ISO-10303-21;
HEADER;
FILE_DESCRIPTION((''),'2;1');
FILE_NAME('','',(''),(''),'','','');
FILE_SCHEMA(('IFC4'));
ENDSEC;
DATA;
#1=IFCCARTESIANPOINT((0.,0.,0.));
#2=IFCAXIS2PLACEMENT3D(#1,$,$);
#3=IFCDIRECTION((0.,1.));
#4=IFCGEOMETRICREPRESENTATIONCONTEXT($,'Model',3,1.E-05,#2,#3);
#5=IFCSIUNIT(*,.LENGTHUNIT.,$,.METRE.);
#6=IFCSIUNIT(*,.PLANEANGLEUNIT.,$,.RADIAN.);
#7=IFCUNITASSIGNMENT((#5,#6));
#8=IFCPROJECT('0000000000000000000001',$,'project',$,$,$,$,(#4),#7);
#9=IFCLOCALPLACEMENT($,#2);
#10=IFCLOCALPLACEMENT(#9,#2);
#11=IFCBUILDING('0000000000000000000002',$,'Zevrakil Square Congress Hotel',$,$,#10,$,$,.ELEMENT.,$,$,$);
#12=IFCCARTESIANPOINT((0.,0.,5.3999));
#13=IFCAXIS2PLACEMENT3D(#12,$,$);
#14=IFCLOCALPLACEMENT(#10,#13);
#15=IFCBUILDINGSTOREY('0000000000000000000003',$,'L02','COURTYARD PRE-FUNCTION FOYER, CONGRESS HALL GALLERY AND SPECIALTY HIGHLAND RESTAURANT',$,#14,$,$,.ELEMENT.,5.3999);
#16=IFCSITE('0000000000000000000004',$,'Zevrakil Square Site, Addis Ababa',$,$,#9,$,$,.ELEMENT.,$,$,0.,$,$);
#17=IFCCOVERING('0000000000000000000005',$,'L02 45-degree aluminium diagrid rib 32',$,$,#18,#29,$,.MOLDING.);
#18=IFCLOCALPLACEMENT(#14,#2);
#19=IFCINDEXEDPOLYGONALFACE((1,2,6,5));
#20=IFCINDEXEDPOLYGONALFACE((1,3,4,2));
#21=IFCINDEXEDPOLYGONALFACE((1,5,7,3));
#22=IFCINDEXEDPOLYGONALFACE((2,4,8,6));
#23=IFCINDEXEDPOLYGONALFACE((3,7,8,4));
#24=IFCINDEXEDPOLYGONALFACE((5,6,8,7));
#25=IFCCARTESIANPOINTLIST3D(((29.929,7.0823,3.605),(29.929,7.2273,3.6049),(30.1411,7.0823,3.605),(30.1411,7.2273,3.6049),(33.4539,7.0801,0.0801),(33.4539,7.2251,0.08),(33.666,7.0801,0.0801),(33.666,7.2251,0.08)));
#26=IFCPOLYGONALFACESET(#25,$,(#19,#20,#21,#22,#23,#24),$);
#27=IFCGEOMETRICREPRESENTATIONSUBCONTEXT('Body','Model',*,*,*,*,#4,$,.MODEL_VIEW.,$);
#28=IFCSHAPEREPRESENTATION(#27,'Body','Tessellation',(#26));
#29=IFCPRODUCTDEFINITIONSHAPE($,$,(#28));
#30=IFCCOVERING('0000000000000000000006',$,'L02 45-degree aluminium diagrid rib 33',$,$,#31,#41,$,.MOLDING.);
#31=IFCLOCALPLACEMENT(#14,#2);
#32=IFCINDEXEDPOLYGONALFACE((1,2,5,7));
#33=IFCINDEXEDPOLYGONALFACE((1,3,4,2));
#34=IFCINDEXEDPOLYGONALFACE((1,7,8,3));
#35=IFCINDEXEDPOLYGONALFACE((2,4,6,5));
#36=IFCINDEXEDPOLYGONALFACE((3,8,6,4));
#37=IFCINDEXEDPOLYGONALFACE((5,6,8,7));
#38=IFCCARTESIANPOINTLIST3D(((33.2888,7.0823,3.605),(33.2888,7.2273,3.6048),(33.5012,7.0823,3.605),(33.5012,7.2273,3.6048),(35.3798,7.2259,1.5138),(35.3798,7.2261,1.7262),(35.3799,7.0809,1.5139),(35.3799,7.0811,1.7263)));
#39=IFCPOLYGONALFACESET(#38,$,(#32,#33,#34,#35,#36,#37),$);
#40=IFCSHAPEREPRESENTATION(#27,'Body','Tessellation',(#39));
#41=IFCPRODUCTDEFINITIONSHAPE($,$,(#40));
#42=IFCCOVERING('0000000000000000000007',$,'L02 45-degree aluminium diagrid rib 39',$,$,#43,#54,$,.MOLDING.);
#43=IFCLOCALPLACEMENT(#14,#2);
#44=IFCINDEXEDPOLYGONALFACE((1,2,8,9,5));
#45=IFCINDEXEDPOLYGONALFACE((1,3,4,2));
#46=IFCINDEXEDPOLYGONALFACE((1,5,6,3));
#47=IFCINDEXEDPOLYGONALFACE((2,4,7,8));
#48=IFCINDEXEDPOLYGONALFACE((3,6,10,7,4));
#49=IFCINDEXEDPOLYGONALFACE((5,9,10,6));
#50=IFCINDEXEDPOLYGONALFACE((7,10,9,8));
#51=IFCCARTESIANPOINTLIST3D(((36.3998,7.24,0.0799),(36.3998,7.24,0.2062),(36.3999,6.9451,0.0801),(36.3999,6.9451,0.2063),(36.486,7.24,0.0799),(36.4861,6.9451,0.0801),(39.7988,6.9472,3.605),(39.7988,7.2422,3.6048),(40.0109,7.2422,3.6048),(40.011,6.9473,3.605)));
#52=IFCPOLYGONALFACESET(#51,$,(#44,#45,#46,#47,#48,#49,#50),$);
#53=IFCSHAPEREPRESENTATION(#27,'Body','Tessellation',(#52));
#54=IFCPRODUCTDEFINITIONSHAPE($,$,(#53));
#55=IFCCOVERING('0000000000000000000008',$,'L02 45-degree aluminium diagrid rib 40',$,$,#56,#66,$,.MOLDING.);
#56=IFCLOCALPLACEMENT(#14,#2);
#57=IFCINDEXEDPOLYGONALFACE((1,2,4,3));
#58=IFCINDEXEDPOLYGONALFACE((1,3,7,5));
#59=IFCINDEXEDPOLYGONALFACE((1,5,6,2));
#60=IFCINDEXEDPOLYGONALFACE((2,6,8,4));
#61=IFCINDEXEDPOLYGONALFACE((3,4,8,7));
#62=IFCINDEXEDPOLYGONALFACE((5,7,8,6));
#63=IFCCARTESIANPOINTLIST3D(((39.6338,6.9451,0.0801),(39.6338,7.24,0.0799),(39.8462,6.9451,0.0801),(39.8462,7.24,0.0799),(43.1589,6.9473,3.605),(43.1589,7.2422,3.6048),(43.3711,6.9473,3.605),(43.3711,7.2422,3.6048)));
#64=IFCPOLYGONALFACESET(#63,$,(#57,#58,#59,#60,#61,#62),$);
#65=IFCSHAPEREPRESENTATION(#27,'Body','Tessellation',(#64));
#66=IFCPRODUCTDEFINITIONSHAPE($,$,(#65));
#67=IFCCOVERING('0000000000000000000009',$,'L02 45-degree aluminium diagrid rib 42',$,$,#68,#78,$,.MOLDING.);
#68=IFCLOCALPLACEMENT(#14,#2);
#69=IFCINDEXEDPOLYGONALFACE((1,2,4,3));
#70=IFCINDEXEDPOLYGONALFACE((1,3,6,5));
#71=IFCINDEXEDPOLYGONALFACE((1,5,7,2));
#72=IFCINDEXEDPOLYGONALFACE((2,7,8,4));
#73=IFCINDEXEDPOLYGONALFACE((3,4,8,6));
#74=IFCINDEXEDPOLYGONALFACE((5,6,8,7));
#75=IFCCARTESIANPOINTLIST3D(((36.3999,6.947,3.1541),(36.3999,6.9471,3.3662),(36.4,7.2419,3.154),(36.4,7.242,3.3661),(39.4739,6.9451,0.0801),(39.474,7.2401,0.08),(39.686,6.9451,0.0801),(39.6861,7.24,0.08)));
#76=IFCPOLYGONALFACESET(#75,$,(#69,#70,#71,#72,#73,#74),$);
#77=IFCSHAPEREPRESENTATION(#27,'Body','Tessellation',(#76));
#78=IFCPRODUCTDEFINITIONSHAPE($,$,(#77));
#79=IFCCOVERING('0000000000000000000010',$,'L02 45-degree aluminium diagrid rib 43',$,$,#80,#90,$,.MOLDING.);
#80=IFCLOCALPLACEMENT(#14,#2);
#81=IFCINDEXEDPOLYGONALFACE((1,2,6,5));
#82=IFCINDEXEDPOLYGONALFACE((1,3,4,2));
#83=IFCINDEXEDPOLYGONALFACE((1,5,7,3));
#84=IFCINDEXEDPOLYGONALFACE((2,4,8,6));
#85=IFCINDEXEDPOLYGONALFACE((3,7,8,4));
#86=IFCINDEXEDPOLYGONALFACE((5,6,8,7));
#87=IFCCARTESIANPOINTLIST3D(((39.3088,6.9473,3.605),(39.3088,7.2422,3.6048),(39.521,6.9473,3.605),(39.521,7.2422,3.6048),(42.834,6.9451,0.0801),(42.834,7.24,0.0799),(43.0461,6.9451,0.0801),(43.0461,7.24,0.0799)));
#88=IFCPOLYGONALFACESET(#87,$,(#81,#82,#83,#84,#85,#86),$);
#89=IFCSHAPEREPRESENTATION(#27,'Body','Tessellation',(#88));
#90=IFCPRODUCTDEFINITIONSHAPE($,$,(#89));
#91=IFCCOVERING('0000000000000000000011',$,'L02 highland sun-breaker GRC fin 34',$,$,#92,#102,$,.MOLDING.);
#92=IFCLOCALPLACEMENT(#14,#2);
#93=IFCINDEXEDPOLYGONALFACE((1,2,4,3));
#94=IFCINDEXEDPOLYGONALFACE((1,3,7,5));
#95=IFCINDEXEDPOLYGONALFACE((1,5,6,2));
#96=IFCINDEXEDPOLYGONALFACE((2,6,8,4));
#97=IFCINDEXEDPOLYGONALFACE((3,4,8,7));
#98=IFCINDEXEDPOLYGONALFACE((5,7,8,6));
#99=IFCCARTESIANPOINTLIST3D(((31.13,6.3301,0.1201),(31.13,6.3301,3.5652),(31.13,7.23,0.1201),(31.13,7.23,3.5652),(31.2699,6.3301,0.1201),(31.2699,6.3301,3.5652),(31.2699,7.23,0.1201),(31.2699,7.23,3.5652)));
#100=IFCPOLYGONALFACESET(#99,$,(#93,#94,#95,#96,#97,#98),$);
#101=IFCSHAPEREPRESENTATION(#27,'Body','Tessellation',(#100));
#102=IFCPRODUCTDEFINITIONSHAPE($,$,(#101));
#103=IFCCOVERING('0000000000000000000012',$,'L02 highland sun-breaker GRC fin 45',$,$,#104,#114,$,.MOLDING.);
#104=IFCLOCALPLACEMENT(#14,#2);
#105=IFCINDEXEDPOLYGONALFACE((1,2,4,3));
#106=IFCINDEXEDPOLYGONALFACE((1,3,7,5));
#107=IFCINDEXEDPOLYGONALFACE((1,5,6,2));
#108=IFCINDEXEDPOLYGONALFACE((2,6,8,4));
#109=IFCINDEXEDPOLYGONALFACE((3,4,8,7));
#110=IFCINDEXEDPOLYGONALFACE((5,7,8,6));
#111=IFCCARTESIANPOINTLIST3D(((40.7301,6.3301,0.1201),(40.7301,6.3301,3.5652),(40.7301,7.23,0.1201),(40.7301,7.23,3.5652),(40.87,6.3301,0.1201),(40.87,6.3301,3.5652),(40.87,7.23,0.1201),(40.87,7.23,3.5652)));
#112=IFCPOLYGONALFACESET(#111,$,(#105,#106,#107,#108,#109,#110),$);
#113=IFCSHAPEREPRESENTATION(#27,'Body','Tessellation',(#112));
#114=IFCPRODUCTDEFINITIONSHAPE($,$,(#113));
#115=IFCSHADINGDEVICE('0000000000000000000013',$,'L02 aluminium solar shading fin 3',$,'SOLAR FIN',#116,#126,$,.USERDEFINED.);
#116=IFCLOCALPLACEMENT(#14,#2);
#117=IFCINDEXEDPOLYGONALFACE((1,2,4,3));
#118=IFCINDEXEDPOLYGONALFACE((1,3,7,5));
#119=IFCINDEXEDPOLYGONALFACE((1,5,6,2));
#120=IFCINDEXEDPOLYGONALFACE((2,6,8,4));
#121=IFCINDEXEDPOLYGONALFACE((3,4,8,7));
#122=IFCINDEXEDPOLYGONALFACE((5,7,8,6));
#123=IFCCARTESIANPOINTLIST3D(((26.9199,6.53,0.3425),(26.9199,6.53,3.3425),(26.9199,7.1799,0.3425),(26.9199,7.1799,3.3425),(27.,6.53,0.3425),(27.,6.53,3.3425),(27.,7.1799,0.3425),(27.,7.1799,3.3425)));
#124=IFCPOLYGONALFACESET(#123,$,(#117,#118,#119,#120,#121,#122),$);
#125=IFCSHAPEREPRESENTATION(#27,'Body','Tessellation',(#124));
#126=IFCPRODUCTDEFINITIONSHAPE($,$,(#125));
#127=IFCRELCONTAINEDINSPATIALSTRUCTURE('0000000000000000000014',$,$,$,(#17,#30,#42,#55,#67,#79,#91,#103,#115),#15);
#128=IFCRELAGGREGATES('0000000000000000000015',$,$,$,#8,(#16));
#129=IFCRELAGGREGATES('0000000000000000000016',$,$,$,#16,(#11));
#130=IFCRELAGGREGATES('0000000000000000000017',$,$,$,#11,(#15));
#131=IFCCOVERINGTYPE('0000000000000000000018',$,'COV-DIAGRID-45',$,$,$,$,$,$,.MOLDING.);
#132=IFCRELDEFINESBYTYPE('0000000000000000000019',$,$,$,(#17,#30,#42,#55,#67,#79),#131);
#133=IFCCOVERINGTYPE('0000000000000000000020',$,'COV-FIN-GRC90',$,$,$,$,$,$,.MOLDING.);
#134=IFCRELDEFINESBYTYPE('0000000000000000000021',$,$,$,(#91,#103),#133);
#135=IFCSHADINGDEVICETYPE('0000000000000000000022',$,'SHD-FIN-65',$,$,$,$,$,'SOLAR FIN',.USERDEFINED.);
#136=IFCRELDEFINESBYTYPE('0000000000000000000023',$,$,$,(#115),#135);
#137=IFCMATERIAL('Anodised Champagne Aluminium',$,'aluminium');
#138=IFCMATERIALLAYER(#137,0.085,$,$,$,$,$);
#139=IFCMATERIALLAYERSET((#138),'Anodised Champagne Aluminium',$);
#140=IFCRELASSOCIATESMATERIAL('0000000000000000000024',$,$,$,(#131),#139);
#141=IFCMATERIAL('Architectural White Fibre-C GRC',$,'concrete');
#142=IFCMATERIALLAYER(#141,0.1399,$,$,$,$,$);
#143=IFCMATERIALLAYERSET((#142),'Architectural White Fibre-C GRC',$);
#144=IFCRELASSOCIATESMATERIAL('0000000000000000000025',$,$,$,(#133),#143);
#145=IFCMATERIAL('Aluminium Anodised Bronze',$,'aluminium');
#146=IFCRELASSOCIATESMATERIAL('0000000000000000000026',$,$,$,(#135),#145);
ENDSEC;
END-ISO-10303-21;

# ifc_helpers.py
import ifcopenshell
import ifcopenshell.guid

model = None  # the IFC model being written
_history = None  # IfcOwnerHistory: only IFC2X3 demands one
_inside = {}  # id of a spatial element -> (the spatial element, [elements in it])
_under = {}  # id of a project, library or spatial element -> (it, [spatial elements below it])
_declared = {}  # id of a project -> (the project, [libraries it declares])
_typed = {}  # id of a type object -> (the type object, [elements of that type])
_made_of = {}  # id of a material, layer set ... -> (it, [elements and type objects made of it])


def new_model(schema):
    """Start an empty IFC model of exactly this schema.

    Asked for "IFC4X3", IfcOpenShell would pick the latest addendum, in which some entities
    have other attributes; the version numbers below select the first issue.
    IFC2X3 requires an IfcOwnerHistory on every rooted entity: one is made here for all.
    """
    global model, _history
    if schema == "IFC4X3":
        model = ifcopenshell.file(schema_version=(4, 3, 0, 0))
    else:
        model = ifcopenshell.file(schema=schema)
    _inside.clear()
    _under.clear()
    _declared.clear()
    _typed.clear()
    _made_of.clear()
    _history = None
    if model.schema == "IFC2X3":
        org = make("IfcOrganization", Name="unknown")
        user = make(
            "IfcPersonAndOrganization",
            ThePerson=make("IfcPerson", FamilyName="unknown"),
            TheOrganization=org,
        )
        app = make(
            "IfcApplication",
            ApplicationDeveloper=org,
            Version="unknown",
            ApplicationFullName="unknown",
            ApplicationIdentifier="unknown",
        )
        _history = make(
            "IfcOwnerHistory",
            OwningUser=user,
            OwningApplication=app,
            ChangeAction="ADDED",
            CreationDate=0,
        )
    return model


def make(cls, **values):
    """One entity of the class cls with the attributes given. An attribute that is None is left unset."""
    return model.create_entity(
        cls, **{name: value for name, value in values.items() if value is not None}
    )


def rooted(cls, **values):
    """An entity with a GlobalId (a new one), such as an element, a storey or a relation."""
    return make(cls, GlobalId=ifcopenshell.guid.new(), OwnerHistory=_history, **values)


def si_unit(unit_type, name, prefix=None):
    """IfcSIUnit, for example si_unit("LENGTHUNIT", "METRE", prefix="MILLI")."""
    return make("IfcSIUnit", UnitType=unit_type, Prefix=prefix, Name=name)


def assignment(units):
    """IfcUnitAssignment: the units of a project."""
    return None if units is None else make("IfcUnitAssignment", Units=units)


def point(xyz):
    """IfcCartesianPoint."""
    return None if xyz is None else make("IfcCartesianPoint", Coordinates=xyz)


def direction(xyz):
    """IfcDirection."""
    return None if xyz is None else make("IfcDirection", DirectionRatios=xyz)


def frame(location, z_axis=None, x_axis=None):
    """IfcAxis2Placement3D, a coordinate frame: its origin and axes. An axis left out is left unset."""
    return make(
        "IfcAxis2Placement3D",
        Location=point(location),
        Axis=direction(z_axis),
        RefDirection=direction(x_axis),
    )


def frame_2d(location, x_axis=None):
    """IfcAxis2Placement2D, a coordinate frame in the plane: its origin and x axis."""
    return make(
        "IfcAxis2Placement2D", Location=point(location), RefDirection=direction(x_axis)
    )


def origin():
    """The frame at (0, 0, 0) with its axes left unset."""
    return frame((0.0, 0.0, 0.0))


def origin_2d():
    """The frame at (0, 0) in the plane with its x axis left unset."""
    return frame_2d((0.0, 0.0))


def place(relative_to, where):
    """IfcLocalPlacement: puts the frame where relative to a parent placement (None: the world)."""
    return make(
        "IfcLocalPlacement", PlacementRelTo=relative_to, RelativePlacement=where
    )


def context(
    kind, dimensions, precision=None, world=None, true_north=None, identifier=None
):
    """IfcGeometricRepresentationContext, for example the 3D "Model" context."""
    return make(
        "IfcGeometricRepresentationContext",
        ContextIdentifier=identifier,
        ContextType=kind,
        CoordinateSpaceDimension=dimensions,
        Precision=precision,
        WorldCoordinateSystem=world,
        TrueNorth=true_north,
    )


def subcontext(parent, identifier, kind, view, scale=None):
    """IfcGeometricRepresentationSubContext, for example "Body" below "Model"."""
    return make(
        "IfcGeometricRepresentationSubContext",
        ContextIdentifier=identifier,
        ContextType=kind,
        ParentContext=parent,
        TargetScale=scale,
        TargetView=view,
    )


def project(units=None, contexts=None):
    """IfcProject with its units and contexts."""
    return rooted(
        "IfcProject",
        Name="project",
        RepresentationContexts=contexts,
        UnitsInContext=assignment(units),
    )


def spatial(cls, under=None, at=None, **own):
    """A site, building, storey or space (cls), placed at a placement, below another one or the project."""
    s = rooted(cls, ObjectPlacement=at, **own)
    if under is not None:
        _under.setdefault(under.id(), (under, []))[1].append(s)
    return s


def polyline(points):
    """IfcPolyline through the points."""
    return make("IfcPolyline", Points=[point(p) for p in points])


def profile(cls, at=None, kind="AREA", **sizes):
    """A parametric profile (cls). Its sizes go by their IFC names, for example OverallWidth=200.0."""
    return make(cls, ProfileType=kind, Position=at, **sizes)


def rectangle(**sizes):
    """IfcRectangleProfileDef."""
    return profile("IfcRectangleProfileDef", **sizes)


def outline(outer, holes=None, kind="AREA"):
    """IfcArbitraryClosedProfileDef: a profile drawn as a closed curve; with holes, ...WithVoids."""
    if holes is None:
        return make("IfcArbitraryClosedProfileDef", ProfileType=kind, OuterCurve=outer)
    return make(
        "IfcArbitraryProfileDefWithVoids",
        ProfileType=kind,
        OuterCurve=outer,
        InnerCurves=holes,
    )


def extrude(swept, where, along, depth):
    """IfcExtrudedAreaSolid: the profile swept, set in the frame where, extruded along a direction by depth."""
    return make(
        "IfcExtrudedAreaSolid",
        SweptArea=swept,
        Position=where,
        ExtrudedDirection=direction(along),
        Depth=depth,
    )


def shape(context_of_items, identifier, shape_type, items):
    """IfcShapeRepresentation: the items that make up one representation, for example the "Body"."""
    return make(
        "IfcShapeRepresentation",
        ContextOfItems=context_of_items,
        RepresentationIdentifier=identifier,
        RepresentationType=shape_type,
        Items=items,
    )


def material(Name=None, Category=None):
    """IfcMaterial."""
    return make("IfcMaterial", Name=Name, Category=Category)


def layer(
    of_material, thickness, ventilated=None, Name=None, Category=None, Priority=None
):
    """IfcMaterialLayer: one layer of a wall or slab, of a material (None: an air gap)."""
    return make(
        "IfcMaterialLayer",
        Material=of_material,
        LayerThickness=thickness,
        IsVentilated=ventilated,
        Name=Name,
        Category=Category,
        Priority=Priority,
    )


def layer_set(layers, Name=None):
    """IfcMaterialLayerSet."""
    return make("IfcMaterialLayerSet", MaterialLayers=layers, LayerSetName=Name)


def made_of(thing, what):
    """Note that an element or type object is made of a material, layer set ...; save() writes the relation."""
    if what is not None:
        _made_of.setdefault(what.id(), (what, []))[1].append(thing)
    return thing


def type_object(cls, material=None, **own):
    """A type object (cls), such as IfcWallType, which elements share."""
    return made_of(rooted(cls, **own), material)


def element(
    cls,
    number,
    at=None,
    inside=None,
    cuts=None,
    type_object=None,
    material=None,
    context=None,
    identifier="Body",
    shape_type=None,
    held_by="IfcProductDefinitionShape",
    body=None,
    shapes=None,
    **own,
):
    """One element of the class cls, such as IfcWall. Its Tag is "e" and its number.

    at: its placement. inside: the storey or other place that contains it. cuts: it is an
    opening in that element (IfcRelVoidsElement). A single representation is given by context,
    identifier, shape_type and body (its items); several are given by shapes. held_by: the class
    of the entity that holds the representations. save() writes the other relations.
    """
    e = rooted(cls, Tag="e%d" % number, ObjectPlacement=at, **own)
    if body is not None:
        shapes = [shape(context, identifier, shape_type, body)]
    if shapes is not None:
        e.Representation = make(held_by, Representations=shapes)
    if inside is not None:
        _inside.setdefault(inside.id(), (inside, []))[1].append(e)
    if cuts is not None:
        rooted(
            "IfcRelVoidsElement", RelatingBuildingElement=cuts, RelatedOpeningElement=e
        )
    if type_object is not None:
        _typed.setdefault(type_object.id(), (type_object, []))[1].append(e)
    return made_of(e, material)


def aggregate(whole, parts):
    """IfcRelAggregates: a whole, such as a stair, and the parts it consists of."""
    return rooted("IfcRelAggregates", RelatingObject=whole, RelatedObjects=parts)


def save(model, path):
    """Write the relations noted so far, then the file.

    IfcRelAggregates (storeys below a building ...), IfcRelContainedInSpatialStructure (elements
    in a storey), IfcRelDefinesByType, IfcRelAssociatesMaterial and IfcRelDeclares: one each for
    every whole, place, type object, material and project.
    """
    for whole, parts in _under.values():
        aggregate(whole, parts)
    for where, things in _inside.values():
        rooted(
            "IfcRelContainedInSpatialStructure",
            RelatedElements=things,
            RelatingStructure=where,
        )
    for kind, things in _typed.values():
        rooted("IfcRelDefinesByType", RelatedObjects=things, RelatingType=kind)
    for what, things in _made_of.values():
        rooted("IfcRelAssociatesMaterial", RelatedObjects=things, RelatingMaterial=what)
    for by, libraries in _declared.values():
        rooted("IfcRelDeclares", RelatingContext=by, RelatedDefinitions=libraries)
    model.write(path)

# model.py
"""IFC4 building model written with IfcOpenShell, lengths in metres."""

from ifc_helpers import new_model, si_unit, direction, frame, origin, origin_2d, place, context, subcontext, project, spatial, polyline, rectangle, outline, extrude, material, layer, layer_set, type_object, element, save


model = new_model("IFC4")

# Units and contexts
model_context = context("Model", 3, precision=1e-05, world=origin(), true_north=direction((0.0, 1.0)))
body_context = subcontext(model_context, "Body", "Model", "MODEL_VIEW")
ifc_project = project(units=[si_unit("LENGTHUNIT", "METRE"), si_unit("PLANEANGLEUNIT", "RADIAN")], contexts=[model_context])

# Site, building, storey
site_placement = place(None, origin())
site = spatial("IfcSite", under=ifc_project, at=site_placement, Name="Zevrakil Square Site, Addis Ababa", CompositionType="ELEMENT", RefElevation=0.0)
building_placement = place(site_placement, origin())
building = spatial("IfcBuilding", under=site, at=building_placement, Name="Zevrakil Square Congress Hotel", CompositionType="ELEMENT")
storey_placement = place(building_placement, frame((0.0, 0.0, 5.3999)))
storey = spatial("IfcBuildingStorey", under=building, at=storey_placement, Name="L02", Description="COURTYARD PRE-FUNCTION FOYER, CONGRESS HALL GALLERY AND SPECIALTY HIGHLAND RESTAURANT", CompositionType="ELEMENT", Elevation=5.3999)

# Coverings
ifc_material_1 = material(Name="Anodised Champagne Aluminium", Category="aluminium")
ifc_layer_1 = layer(ifc_material_1, 0.085)
ifc_layer_set_1 = layer_set([ifc_layer_1], Name="Anodised Champagne Aluminium")
covering_type_1 = type_object("IfcCoveringType", Name="COV-DIAGRID-45", PredefinedType="MOLDING", material=ifc_layer_set_1)
covering_1_placement = place(storey_placement, frame((29.929, 7.0823, 3.605), z_axis=(0.0, -1.0, 0.000623), x_axis=(1.0, 0.0, 0.0)))
element("IfcCovering", 1, at=covering_1_placement, inside=storey, type_object=covering_type_1, Name="L02 45-degree aluminium diagrid rib 32", PredefinedType="MOLDING", context=body_context, shape_type="SweptSolid", body=[
    extrude(outline(polyline([(0.0, 0.0), (0.2122, 0.0), (3.7371, -3.5249), (3.5249, -3.5249), (0.0, 0.0)])), origin(), (0.0, 0.0, -1.0), 0.145),
])
covering_2_placement = place(storey_placement, frame((33.2888, 7.0823, 3.605), z_axis=(0.000236, -1.0, 0.000913), x_axis=(1.0, 0.000236, 0.0)))
element("IfcCovering", 2, at=covering_2_placement, inside=storey, type_object=covering_type_1, Name="L02 45-degree aluminium diagrid rib 33", PredefinedType="MOLDING", context=body_context, shape_type="SweptSolid", body=[
    extrude(outline(polyline([(0.0, 0.0), (0.2124, 0.0), (2.0911, -1.8787), (2.0911, -2.0911), (0.0, 0.0)])), origin(), (0.0, 0.0, -1.0), 0.145),
])
covering_3_placement = place(storey_placement, frame((36.4861, 6.9451, 0.0801), z_axis=(0.000187, -1.0, 0.000443), x_axis=(-1.0, -0.000187, 0.0)))
element("IfcCovering", 3, at=covering_3_placement, inside=storey, type_object=covering_type_1, Name="L02 45-degree aluminium diagrid rib 39", PredefinedType="MOLDING", context=body_context, shape_type="SweptSolid", body=[
    extrude(outline(polyline([(0.0, 0.0), (0.0862, 0.0), (0.0862, -0.1262), (-3.3127, -3.5249), (-3.5249, -3.5249), (0.0, 0.0)])), origin(), (0.0, 0.0, -1.0), 0.2949),
])
covering_4_placement = place(storey_placement, frame((39.8462, 6.9451, 0.0801), z_axis=(0.0, -1.0, 0.000623), x_axis=(-1.0, 0.0, 0.0)))
element("IfcCovering", 4, at=covering_4_placement, inside=storey, type_object=covering_type_1, Name="L02 45-degree aluminium diagrid rib 40", PredefinedType="MOLDING", context=body_context, shape_type="SweptSolid", body=[
    extrude(outline(polyline([(0.0, 0.0), (0.2124, 0.0), (-3.3127, -3.5249), (-3.5249, -3.5249), (0.0, 0.0)])), origin(), (0.0, 0.0, -1.0), 0.2949),
])
covering_5_placement = place(storey_placement, frame((36.3999, 6.947, 3.1541), z_axis=(-0.000307, -1.0, 0.000307), x_axis=(0.0, 0.000307, 1.0)))
element("IfcCovering", 5, at=covering_5_placement, inside=storey, type_object=covering_type_1, Name="L02 45-degree aluminium diagrid rib 42", PredefinedType="MOLDING", context=body_context, shape_type="SweptSolid", body=[
    extrude(outline(polyline([(0.0, 0.0), (0.2122, 0.0), (-3.074, -3.2861), (-3.074, -3.074), (0.0, 0.0)])), origin(), (0.0, 0.0, -1.0), 0.2949),
])
covering_6_placement = place(storey_placement, frame((39.3088, 6.9473, 3.605), z_axis=(0.0, -1.0, 0.000623), x_axis=(1.0, 0.0, 0.0)))
element("IfcCovering", 6, at=covering_6_placement, inside=storey, type_object=covering_type_1, Name="L02 45-degree aluminium diagrid rib 43", PredefinedType="MOLDING", context=body_context, shape_type="SweptSolid", body=[
    extrude(outline(polyline([(0.0, 0.0), (0.2122, 0.0), (3.7373, -3.5249), (3.5251, -3.5249), (0.0, 0.0)])), origin(), (0.0, 0.0, -1.0), 0.2949),
])
ifc_material_2 = material(Name="Architectural White Fibre-C GRC", Category="concrete")
ifc_layer_2 = layer(ifc_material_2, 0.1399)
ifc_layer_set_2 = layer_set([ifc_layer_2], Name="Architectural White Fibre-C GRC")
covering_type_2 = type_object("IfcCoveringType", Name="COV-FIN-GRC90", PredefinedType="MOLDING", material=ifc_layer_set_2)
for number, where, z_axis, x_axis, name in (
    (7, (31.2, 6.78, 0.1201), (0.0, 0.0, 1.0), (0.0, -1.0, 0.0), "L02 highland sun-breaker GRC fin 34"),
    (8, (40.8, 6.78, 0.1201), (0.0, 0.0, 1.0), (0.0, -1.0, 0.0), "L02 highland sun-breaker GRC fin 45"),
):
    element("IfcCovering", number, at=place(storey_placement, frame(where, z_axis=z_axis, x_axis=x_axis)), inside=storey, type_object=covering_type_2, Name=name, PredefinedType="MOLDING", context=body_context, shape_type="SweptSolid", body=[
        extrude(rectangle(XDim=0.8999, YDim=0.1399, at=origin_2d()), origin(), (0.0, 0.0, 1.0), 3.4451),
    ])

# Shading device
ifc_material_3 = material(Name="Aluminium Anodised Bronze", Category="aluminium")
shading_device_type = type_object("IfcShadingDeviceType", Name="SHD-FIN-65", ElementType="SOLAR FIN", PredefinedType="USERDEFINED", material=ifc_material_3)
shading_device_placement = place(storey_placement, frame((26.96, 6.855, 0.3425), z_axis=(0.0, 0.0, 1.0), x_axis=(0.0, -1.0, 0.0)))
element("IfcShadingDevice", 9, at=shading_device_placement, inside=storey, type_object=shading_device_type, Name="L02 aluminium solar shading fin 3", ObjectType="SOLAR FIN", PredefinedType="USERDEFINED", context=body_context, shape_type="SweptSolid", body=[
    extrude(rectangle(XDim=0.6499, YDim=0.0801, at=origin_2d()), origin(), (0.0, 0.0, 1.0), 3.0),
])

save(model, "model.ifc")
